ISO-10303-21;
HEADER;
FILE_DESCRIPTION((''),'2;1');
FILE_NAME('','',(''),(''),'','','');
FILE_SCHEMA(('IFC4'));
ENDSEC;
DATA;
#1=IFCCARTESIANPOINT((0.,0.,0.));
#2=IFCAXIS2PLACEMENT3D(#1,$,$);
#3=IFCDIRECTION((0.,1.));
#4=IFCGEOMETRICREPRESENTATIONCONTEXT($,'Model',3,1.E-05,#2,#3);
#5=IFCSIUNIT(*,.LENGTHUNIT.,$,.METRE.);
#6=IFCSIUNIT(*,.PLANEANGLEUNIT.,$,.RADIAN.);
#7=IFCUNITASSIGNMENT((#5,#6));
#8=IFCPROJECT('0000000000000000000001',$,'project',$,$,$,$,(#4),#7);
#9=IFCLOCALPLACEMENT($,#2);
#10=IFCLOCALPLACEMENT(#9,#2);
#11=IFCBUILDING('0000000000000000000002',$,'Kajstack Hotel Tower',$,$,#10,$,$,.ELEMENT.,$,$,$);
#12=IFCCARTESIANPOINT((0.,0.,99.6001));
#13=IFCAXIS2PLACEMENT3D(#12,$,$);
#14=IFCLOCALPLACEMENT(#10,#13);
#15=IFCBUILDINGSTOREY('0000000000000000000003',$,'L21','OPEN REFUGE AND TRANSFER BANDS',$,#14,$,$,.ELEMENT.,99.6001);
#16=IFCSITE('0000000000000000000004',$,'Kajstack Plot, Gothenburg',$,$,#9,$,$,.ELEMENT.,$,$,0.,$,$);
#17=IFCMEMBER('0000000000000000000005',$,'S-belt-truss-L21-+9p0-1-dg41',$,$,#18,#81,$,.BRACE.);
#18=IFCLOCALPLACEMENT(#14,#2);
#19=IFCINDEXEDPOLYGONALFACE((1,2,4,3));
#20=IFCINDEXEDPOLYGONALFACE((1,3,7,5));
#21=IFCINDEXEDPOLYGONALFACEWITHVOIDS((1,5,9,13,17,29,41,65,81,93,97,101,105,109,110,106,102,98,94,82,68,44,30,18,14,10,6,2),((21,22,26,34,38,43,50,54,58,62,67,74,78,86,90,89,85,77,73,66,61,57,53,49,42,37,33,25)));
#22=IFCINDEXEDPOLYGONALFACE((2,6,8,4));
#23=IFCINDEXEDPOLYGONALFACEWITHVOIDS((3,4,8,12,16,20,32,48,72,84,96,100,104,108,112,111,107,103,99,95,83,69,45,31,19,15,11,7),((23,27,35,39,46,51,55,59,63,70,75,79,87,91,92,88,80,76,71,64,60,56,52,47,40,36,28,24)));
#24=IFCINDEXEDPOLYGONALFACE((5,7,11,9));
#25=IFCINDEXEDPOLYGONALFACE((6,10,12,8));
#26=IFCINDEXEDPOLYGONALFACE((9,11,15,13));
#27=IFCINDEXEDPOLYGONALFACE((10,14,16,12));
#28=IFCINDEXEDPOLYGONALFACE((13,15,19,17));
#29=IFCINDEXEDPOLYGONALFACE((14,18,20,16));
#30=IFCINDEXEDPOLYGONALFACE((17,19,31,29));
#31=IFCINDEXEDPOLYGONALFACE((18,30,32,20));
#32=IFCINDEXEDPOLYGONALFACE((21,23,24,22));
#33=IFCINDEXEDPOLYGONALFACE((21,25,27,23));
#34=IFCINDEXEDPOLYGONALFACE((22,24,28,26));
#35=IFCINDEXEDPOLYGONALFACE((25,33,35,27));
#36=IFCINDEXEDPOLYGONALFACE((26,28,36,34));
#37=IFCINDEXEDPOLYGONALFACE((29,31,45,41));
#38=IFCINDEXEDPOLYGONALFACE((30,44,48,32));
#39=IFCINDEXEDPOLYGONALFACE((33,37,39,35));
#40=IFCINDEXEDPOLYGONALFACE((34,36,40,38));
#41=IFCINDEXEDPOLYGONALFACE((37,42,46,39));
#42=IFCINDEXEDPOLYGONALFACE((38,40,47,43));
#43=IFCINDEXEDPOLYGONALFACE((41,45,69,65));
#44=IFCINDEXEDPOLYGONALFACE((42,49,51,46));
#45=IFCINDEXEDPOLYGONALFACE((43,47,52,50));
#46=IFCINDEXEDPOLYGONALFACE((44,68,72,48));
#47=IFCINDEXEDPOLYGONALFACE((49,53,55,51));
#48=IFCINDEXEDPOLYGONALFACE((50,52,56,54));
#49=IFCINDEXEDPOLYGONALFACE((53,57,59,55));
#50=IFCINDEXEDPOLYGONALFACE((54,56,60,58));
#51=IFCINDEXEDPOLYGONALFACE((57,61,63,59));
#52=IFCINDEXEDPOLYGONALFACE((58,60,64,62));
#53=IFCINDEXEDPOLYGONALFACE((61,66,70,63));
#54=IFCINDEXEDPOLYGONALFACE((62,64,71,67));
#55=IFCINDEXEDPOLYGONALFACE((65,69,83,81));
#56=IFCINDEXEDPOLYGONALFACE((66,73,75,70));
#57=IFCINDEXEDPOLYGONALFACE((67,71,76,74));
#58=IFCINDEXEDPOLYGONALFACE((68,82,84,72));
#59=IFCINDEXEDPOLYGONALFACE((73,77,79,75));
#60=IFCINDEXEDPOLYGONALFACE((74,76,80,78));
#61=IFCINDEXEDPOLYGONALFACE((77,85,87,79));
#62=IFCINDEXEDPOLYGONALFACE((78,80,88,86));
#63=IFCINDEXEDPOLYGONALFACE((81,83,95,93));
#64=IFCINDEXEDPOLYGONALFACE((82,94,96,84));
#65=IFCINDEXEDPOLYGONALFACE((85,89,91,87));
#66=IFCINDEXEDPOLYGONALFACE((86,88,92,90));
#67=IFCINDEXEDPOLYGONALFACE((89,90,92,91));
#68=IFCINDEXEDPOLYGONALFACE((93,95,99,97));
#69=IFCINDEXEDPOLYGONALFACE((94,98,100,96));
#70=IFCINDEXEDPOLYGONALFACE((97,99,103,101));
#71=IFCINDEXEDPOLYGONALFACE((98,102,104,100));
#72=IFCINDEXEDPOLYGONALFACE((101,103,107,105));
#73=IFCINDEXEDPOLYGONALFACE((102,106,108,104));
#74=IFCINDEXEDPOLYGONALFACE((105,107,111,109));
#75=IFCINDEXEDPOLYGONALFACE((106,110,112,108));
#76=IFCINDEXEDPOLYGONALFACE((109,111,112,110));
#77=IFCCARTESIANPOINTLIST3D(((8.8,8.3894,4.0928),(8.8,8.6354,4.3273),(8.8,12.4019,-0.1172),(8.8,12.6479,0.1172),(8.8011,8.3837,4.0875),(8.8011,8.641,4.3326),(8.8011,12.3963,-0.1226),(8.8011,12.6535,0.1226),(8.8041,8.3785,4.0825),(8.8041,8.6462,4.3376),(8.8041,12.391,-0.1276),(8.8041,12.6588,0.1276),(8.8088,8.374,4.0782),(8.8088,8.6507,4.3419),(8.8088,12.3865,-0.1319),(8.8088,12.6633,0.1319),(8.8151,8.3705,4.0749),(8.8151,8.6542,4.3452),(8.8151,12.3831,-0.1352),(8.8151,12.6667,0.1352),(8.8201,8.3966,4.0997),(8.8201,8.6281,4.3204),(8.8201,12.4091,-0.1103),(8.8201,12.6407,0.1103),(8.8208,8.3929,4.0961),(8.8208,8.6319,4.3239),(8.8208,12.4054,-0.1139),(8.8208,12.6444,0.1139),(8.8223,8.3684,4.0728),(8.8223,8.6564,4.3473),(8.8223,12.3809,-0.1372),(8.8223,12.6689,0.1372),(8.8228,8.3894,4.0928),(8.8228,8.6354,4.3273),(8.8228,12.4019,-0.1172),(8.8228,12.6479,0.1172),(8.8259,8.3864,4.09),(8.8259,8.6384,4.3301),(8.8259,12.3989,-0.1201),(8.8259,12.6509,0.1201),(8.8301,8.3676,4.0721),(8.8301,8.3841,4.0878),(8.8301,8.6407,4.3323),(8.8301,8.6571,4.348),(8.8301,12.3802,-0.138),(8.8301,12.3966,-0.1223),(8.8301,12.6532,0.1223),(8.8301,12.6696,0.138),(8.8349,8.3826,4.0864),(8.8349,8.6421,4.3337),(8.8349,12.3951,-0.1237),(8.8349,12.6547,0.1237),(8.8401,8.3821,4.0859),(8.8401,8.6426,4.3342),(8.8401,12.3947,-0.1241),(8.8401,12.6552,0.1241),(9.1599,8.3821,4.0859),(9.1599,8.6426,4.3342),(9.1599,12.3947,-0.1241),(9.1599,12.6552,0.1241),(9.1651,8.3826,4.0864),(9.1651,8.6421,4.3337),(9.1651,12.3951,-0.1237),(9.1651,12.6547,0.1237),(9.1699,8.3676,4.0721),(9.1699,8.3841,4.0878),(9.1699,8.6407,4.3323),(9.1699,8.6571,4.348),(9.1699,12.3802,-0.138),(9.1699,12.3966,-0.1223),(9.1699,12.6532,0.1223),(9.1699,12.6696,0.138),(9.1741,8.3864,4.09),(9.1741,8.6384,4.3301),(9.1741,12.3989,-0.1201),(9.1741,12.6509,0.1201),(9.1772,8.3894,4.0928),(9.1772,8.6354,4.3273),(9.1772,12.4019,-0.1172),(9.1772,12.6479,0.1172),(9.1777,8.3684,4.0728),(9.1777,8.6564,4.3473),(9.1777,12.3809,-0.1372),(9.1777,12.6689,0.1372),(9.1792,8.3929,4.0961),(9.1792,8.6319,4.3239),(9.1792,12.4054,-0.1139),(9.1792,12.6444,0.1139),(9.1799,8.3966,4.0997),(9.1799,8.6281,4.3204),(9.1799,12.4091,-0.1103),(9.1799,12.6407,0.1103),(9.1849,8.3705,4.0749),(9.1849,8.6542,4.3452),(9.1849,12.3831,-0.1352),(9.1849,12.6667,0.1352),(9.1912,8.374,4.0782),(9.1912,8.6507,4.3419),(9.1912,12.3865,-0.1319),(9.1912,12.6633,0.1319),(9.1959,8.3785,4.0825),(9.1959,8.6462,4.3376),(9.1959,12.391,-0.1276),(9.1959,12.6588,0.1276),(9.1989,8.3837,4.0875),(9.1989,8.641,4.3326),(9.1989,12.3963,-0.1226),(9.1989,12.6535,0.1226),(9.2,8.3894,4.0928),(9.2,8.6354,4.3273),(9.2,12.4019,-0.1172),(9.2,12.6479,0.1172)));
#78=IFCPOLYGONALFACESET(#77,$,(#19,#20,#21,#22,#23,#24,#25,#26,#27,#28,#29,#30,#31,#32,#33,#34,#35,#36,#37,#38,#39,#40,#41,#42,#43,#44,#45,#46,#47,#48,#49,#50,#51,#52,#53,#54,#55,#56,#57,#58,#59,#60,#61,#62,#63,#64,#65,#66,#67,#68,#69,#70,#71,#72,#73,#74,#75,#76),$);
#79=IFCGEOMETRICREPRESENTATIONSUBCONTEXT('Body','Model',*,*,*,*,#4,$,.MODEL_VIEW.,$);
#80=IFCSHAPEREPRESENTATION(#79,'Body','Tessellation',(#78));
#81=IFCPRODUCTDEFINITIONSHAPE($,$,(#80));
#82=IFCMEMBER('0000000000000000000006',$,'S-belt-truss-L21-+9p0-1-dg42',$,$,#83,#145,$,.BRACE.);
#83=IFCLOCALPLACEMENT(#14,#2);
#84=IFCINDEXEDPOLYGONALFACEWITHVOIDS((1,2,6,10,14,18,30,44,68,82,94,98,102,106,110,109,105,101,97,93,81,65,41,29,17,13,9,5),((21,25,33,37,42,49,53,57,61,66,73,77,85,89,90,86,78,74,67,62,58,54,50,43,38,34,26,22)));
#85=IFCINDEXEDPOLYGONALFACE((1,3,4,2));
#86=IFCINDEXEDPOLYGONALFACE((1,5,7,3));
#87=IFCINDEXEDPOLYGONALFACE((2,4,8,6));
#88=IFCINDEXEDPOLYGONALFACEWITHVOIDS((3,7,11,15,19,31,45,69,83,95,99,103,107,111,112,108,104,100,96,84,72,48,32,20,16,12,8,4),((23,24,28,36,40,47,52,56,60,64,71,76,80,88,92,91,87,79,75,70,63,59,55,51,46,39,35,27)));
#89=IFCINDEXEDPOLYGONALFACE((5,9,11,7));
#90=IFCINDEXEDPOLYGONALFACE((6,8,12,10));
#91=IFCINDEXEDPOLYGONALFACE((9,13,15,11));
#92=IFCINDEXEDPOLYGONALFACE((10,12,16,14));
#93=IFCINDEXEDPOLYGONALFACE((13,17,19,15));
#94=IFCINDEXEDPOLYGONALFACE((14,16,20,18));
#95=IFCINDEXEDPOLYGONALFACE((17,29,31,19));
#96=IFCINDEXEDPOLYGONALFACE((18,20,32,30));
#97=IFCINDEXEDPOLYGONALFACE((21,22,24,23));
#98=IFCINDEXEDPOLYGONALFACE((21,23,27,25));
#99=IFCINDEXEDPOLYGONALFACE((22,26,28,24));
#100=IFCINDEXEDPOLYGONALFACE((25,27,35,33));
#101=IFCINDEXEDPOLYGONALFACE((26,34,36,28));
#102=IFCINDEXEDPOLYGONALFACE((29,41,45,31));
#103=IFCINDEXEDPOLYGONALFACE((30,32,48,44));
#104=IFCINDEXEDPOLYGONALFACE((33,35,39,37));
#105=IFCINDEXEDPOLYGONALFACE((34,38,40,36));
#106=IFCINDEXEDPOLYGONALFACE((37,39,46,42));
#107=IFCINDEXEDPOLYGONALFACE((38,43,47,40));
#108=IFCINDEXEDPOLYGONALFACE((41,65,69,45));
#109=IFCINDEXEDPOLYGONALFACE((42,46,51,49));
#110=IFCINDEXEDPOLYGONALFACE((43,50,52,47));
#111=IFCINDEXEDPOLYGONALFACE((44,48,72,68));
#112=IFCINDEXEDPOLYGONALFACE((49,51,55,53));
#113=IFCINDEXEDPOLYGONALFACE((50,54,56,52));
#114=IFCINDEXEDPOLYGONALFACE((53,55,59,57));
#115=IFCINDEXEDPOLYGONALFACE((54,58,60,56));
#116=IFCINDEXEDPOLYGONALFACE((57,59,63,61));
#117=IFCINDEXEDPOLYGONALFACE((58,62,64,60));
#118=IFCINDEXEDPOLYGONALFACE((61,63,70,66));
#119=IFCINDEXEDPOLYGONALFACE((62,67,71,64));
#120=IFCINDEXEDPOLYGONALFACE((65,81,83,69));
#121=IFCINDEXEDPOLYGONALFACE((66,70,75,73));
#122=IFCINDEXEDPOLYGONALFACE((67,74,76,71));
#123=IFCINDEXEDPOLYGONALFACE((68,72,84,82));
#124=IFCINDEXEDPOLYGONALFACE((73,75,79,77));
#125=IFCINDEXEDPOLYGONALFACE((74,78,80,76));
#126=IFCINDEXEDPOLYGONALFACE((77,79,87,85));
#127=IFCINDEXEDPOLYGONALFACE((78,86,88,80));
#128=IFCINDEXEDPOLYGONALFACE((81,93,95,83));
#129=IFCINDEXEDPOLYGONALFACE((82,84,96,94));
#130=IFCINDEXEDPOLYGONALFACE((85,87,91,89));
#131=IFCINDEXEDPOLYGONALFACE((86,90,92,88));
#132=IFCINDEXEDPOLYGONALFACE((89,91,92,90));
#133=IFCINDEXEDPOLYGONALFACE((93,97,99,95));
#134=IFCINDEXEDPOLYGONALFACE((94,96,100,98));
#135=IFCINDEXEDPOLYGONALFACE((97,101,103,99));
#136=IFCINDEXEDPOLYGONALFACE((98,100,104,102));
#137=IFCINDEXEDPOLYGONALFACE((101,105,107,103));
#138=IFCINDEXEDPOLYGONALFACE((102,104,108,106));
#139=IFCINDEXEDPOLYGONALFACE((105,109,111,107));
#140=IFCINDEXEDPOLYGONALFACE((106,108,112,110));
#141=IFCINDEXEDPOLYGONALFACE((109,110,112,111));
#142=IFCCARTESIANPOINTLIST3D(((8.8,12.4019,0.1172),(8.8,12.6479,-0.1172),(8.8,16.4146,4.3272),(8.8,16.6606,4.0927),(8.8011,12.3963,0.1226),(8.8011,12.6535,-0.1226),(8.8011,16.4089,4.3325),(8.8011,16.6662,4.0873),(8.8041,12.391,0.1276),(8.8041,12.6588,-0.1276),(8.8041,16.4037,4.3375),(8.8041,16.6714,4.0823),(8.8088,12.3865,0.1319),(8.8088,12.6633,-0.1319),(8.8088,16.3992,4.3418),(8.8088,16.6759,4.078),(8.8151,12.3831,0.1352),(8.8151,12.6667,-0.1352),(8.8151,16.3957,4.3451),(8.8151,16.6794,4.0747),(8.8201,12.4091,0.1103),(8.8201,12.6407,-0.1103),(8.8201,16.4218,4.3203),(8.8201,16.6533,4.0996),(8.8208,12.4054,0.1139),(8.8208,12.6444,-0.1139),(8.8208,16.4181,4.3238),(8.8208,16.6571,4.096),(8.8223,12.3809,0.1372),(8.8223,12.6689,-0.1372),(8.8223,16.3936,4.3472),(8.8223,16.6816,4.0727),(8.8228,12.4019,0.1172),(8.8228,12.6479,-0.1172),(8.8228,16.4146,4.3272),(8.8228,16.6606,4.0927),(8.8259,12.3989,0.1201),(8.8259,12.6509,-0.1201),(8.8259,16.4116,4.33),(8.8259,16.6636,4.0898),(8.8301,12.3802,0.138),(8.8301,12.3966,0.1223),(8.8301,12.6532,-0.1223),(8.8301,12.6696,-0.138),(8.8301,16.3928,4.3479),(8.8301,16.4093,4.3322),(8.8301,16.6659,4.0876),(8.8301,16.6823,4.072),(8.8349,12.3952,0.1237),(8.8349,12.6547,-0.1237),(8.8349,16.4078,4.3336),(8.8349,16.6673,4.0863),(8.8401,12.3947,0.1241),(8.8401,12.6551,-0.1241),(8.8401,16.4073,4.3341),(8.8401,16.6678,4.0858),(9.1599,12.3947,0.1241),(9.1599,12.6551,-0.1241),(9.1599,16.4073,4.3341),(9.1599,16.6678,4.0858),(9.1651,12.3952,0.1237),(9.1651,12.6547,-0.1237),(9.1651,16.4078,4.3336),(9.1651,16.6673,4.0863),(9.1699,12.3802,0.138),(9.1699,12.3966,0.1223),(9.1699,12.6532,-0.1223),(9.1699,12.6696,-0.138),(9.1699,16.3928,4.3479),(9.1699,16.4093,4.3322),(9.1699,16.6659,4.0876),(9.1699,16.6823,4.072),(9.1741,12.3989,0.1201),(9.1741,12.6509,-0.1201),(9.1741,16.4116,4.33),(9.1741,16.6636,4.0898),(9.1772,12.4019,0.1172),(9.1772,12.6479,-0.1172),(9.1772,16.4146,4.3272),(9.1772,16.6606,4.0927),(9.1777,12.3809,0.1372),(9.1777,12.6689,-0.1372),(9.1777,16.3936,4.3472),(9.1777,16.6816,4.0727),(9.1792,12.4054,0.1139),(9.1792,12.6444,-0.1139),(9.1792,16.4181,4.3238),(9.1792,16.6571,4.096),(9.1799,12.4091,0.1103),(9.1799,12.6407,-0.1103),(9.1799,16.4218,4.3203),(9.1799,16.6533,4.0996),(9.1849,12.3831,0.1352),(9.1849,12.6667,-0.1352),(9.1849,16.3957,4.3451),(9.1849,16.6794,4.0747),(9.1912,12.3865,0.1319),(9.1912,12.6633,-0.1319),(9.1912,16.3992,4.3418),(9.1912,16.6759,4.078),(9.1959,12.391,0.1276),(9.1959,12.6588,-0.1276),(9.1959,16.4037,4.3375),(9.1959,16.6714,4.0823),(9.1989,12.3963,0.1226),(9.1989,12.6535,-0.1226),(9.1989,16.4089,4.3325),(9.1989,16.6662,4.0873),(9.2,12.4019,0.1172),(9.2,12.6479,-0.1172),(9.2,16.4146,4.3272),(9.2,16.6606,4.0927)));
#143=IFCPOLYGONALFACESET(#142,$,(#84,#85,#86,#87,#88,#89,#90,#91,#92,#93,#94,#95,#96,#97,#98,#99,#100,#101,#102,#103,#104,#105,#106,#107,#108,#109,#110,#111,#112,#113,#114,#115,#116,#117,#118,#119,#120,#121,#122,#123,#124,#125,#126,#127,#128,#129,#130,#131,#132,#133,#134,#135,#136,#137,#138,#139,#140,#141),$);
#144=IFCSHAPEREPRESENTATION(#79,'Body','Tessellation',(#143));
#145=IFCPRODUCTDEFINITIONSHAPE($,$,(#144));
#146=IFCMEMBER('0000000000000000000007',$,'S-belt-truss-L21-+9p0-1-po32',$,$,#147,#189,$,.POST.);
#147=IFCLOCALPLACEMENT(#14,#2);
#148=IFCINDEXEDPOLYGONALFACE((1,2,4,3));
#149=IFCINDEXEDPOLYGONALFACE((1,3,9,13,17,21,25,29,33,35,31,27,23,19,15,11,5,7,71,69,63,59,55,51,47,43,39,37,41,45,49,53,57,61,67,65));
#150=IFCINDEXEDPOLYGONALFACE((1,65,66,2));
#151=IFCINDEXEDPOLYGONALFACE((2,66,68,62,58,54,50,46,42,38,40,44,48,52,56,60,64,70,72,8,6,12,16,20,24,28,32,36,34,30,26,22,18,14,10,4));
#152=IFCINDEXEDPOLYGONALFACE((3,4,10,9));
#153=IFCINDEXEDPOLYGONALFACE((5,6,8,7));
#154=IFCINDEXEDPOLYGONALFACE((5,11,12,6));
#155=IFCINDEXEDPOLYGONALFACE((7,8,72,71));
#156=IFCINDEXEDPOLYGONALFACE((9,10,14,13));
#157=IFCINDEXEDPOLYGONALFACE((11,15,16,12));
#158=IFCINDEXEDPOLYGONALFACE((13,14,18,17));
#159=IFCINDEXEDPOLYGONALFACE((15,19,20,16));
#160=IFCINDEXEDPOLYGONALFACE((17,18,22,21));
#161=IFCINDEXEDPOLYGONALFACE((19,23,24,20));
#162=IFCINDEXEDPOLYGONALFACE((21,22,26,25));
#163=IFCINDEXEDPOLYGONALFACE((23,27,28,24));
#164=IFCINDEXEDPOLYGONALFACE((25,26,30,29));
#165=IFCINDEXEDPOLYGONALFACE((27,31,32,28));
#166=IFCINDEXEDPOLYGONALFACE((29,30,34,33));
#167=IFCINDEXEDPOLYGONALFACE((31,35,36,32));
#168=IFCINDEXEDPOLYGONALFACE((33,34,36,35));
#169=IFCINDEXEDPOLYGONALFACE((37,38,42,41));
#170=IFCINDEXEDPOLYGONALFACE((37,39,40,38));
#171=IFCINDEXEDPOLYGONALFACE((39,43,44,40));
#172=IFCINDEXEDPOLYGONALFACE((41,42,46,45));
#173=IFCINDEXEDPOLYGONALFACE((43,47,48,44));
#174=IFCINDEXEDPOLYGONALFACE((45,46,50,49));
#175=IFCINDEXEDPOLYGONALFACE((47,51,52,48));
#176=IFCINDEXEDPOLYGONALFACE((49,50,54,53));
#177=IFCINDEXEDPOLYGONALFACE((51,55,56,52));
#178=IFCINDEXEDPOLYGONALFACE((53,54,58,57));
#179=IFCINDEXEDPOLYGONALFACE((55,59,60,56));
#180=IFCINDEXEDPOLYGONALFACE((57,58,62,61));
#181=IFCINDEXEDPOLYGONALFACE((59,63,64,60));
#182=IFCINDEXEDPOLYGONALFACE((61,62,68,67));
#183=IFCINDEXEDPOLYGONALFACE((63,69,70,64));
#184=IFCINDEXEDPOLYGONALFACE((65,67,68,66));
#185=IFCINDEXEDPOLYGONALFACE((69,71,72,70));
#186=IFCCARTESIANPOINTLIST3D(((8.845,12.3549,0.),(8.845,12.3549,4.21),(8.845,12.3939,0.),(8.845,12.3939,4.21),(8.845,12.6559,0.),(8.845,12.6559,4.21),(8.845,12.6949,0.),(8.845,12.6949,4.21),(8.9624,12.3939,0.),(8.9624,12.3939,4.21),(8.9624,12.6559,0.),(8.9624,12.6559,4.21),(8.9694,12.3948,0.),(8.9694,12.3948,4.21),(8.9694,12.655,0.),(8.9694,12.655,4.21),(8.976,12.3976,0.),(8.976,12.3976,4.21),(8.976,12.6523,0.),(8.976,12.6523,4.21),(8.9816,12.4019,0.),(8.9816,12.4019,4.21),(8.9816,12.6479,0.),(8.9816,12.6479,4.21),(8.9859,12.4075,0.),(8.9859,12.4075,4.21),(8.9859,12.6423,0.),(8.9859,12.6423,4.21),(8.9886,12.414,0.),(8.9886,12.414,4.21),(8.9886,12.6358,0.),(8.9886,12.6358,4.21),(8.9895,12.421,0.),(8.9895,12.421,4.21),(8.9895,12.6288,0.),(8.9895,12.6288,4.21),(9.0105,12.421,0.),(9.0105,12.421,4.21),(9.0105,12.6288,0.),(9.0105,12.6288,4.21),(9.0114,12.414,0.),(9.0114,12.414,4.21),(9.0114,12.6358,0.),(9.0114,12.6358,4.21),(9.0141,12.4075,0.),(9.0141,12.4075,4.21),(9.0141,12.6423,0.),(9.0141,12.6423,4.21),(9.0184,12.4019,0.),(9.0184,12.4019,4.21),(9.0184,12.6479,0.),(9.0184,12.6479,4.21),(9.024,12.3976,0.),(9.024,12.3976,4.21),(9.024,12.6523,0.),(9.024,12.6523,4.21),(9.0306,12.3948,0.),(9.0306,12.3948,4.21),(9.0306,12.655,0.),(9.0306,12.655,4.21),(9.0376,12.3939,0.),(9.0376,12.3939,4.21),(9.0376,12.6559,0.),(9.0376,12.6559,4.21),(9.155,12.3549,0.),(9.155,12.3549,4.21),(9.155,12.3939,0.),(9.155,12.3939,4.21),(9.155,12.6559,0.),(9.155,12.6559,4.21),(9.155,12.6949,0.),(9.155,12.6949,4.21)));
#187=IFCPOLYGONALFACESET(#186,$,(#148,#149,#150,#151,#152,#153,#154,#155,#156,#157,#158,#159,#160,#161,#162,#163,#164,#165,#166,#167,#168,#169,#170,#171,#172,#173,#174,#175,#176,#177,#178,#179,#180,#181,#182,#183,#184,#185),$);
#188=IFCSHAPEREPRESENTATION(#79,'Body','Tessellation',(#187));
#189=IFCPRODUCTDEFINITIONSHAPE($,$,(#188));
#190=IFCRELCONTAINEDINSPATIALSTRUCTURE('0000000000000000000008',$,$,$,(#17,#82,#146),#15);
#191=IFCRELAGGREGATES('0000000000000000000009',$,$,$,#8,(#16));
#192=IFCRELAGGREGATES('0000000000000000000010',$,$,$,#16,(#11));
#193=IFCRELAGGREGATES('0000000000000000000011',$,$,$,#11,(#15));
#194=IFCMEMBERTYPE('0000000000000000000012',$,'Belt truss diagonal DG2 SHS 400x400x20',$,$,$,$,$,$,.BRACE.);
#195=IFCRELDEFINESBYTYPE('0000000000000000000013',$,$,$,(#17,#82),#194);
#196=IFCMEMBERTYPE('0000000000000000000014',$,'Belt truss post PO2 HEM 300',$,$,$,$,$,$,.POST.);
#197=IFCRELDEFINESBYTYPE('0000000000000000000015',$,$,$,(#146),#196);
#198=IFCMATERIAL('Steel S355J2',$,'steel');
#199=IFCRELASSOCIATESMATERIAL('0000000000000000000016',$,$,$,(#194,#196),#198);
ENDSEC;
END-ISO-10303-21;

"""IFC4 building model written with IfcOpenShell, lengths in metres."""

from ifc_helpers import new_model, si_unit, direction, frame, origin, origin_2d, place, context, subcontext, project, spatial, hollow_rectangle, i_section, extrude, material, material_profile, profile_set, type_object, element, save


model = new_model("IFC4")

# Units and contexts
model_context = context("Model", 3, precision=1e-05, world=origin(), true_north=direction((0.0, 1.0)))
body_context = subcontext(model_context, "Body", "Model", "MODEL_VIEW")
ifc_project = project(units=[si_unit("LENGTHUNIT", "METRE"), si_unit("PLANEANGLEUNIT", "RADIAN")], contexts=[model_context])

# Site, building, storey
site_placement = place(None, origin())
site = spatial("IfcSite", under=ifc_project, at=site_placement, Name="Kajstack Plot, Gothenburg", CompositionType="ELEMENT", RefElevation=0.0)
building_placement = place(site_placement, origin())
building = spatial("IfcBuilding", under=site, at=building_placement, Name="Kajstack Hotel Tower", CompositionType="ELEMENT")
storey_placement = place(building_placement, frame((0.0, 0.0, 99.6001)))
storey = spatial("IfcBuildingStorey", under=building, at=storey_placement, Name="L21", Description="OPEN REFUGE AND TRANSFER BANDS", CompositionType="ELEMENT", Elevation=99.6001)

# Members
ifc_material = material(Name="Steel S355J2", Category="steel")
ifc_material_profile_1 = material_profile(ifc_material, hollow_rectangle(XDim=0.3999, YDim=0.3999, WallThickness=0.02, InnerFilletRadius=0.02, OuterFilletRadius=0.03, at=origin_2d()), Name="SHS 400x400x20")
ifc_profile_set_1 = profile_set([ifc_material_profile_1], Name="Steel S355J2")
member_type_1 = type_object("IfcMemberType", Name="Belt truss diagonal DG2 SHS 400x400x20", PredefinedType="BRACE", material=ifc_profile_set_1)
for number, where, z_axis, x_axis, name in (
    (1, (9.0, 12.5249, 0.0), (0.0, -0.689922, 0.723883), (1.0, 0.0, 0.0), "S-belt-truss-L21-+9p0-1-dg41"),
    (2, (9.0, 12.5249, 0.0), (0.0, 0.689944, 0.723862), (-1.0, 0.0, 0.0), "S-belt-truss-L21-+9p0-1-dg42"),
):
    element("IfcMember", number, at=place(storey_placement, frame(where, z_axis=z_axis, x_axis=x_axis)), inside=storey, type_object=member_type_1, Name=name, PredefinedType="BRACE", context=body_context, shape_type="SweptSolid", body=[
        extrude(hollow_rectangle(XDim=0.3999, YDim=0.3999, WallThickness=0.02, InnerFilletRadius=0.02, OuterFilletRadius=0.03, at=origin_2d()), origin(), (0.0, 0.0, 1.0), 5.8159),
    ])
ifc_material_profile_2 = material_profile(ifc_material, i_section(OverallWidth=0.3101, OverallDepth=0.3401, WebThickness=0.021, FlangeThickness=0.0391, FilletRadius=0.0271, at=origin_2d()), Name="HEM 300")
ifc_profile_set_2 = profile_set([ifc_material_profile_2], Name="Steel S355J2")
member_type_2 = type_object("IfcMemberType", Name="Belt truss post PO2 HEM 300", PredefinedType="POST", material=ifc_profile_set_2)
for number, where, z_axis, x_axis, name in (
    (3, (9.0, 12.5249, 0.0), (0.0, 0.0, 1.0), (1.0, 0.0, 0.0), "S-belt-truss-L21-+9p0-1-po32"),
):
    element("IfcMember", number, at=place(storey_placement, frame(where, z_axis=z_axis, x_axis=x_axis)), inside=storey, type_object=member_type_2, Name=name, PredefinedType="POST", context=body_context, shape_type="SweptSolid", body=[
        extrude(i_section(OverallWidth=0.3101, OverallDepth=0.3401, WebThickness=0.021, FlangeThickness=0.0391, FilletRadius=0.0271, at=origin_2d()), origin(), (0.0, 0.0, 1.0), 4.21),
    ])

save(model, "model.ifc")
